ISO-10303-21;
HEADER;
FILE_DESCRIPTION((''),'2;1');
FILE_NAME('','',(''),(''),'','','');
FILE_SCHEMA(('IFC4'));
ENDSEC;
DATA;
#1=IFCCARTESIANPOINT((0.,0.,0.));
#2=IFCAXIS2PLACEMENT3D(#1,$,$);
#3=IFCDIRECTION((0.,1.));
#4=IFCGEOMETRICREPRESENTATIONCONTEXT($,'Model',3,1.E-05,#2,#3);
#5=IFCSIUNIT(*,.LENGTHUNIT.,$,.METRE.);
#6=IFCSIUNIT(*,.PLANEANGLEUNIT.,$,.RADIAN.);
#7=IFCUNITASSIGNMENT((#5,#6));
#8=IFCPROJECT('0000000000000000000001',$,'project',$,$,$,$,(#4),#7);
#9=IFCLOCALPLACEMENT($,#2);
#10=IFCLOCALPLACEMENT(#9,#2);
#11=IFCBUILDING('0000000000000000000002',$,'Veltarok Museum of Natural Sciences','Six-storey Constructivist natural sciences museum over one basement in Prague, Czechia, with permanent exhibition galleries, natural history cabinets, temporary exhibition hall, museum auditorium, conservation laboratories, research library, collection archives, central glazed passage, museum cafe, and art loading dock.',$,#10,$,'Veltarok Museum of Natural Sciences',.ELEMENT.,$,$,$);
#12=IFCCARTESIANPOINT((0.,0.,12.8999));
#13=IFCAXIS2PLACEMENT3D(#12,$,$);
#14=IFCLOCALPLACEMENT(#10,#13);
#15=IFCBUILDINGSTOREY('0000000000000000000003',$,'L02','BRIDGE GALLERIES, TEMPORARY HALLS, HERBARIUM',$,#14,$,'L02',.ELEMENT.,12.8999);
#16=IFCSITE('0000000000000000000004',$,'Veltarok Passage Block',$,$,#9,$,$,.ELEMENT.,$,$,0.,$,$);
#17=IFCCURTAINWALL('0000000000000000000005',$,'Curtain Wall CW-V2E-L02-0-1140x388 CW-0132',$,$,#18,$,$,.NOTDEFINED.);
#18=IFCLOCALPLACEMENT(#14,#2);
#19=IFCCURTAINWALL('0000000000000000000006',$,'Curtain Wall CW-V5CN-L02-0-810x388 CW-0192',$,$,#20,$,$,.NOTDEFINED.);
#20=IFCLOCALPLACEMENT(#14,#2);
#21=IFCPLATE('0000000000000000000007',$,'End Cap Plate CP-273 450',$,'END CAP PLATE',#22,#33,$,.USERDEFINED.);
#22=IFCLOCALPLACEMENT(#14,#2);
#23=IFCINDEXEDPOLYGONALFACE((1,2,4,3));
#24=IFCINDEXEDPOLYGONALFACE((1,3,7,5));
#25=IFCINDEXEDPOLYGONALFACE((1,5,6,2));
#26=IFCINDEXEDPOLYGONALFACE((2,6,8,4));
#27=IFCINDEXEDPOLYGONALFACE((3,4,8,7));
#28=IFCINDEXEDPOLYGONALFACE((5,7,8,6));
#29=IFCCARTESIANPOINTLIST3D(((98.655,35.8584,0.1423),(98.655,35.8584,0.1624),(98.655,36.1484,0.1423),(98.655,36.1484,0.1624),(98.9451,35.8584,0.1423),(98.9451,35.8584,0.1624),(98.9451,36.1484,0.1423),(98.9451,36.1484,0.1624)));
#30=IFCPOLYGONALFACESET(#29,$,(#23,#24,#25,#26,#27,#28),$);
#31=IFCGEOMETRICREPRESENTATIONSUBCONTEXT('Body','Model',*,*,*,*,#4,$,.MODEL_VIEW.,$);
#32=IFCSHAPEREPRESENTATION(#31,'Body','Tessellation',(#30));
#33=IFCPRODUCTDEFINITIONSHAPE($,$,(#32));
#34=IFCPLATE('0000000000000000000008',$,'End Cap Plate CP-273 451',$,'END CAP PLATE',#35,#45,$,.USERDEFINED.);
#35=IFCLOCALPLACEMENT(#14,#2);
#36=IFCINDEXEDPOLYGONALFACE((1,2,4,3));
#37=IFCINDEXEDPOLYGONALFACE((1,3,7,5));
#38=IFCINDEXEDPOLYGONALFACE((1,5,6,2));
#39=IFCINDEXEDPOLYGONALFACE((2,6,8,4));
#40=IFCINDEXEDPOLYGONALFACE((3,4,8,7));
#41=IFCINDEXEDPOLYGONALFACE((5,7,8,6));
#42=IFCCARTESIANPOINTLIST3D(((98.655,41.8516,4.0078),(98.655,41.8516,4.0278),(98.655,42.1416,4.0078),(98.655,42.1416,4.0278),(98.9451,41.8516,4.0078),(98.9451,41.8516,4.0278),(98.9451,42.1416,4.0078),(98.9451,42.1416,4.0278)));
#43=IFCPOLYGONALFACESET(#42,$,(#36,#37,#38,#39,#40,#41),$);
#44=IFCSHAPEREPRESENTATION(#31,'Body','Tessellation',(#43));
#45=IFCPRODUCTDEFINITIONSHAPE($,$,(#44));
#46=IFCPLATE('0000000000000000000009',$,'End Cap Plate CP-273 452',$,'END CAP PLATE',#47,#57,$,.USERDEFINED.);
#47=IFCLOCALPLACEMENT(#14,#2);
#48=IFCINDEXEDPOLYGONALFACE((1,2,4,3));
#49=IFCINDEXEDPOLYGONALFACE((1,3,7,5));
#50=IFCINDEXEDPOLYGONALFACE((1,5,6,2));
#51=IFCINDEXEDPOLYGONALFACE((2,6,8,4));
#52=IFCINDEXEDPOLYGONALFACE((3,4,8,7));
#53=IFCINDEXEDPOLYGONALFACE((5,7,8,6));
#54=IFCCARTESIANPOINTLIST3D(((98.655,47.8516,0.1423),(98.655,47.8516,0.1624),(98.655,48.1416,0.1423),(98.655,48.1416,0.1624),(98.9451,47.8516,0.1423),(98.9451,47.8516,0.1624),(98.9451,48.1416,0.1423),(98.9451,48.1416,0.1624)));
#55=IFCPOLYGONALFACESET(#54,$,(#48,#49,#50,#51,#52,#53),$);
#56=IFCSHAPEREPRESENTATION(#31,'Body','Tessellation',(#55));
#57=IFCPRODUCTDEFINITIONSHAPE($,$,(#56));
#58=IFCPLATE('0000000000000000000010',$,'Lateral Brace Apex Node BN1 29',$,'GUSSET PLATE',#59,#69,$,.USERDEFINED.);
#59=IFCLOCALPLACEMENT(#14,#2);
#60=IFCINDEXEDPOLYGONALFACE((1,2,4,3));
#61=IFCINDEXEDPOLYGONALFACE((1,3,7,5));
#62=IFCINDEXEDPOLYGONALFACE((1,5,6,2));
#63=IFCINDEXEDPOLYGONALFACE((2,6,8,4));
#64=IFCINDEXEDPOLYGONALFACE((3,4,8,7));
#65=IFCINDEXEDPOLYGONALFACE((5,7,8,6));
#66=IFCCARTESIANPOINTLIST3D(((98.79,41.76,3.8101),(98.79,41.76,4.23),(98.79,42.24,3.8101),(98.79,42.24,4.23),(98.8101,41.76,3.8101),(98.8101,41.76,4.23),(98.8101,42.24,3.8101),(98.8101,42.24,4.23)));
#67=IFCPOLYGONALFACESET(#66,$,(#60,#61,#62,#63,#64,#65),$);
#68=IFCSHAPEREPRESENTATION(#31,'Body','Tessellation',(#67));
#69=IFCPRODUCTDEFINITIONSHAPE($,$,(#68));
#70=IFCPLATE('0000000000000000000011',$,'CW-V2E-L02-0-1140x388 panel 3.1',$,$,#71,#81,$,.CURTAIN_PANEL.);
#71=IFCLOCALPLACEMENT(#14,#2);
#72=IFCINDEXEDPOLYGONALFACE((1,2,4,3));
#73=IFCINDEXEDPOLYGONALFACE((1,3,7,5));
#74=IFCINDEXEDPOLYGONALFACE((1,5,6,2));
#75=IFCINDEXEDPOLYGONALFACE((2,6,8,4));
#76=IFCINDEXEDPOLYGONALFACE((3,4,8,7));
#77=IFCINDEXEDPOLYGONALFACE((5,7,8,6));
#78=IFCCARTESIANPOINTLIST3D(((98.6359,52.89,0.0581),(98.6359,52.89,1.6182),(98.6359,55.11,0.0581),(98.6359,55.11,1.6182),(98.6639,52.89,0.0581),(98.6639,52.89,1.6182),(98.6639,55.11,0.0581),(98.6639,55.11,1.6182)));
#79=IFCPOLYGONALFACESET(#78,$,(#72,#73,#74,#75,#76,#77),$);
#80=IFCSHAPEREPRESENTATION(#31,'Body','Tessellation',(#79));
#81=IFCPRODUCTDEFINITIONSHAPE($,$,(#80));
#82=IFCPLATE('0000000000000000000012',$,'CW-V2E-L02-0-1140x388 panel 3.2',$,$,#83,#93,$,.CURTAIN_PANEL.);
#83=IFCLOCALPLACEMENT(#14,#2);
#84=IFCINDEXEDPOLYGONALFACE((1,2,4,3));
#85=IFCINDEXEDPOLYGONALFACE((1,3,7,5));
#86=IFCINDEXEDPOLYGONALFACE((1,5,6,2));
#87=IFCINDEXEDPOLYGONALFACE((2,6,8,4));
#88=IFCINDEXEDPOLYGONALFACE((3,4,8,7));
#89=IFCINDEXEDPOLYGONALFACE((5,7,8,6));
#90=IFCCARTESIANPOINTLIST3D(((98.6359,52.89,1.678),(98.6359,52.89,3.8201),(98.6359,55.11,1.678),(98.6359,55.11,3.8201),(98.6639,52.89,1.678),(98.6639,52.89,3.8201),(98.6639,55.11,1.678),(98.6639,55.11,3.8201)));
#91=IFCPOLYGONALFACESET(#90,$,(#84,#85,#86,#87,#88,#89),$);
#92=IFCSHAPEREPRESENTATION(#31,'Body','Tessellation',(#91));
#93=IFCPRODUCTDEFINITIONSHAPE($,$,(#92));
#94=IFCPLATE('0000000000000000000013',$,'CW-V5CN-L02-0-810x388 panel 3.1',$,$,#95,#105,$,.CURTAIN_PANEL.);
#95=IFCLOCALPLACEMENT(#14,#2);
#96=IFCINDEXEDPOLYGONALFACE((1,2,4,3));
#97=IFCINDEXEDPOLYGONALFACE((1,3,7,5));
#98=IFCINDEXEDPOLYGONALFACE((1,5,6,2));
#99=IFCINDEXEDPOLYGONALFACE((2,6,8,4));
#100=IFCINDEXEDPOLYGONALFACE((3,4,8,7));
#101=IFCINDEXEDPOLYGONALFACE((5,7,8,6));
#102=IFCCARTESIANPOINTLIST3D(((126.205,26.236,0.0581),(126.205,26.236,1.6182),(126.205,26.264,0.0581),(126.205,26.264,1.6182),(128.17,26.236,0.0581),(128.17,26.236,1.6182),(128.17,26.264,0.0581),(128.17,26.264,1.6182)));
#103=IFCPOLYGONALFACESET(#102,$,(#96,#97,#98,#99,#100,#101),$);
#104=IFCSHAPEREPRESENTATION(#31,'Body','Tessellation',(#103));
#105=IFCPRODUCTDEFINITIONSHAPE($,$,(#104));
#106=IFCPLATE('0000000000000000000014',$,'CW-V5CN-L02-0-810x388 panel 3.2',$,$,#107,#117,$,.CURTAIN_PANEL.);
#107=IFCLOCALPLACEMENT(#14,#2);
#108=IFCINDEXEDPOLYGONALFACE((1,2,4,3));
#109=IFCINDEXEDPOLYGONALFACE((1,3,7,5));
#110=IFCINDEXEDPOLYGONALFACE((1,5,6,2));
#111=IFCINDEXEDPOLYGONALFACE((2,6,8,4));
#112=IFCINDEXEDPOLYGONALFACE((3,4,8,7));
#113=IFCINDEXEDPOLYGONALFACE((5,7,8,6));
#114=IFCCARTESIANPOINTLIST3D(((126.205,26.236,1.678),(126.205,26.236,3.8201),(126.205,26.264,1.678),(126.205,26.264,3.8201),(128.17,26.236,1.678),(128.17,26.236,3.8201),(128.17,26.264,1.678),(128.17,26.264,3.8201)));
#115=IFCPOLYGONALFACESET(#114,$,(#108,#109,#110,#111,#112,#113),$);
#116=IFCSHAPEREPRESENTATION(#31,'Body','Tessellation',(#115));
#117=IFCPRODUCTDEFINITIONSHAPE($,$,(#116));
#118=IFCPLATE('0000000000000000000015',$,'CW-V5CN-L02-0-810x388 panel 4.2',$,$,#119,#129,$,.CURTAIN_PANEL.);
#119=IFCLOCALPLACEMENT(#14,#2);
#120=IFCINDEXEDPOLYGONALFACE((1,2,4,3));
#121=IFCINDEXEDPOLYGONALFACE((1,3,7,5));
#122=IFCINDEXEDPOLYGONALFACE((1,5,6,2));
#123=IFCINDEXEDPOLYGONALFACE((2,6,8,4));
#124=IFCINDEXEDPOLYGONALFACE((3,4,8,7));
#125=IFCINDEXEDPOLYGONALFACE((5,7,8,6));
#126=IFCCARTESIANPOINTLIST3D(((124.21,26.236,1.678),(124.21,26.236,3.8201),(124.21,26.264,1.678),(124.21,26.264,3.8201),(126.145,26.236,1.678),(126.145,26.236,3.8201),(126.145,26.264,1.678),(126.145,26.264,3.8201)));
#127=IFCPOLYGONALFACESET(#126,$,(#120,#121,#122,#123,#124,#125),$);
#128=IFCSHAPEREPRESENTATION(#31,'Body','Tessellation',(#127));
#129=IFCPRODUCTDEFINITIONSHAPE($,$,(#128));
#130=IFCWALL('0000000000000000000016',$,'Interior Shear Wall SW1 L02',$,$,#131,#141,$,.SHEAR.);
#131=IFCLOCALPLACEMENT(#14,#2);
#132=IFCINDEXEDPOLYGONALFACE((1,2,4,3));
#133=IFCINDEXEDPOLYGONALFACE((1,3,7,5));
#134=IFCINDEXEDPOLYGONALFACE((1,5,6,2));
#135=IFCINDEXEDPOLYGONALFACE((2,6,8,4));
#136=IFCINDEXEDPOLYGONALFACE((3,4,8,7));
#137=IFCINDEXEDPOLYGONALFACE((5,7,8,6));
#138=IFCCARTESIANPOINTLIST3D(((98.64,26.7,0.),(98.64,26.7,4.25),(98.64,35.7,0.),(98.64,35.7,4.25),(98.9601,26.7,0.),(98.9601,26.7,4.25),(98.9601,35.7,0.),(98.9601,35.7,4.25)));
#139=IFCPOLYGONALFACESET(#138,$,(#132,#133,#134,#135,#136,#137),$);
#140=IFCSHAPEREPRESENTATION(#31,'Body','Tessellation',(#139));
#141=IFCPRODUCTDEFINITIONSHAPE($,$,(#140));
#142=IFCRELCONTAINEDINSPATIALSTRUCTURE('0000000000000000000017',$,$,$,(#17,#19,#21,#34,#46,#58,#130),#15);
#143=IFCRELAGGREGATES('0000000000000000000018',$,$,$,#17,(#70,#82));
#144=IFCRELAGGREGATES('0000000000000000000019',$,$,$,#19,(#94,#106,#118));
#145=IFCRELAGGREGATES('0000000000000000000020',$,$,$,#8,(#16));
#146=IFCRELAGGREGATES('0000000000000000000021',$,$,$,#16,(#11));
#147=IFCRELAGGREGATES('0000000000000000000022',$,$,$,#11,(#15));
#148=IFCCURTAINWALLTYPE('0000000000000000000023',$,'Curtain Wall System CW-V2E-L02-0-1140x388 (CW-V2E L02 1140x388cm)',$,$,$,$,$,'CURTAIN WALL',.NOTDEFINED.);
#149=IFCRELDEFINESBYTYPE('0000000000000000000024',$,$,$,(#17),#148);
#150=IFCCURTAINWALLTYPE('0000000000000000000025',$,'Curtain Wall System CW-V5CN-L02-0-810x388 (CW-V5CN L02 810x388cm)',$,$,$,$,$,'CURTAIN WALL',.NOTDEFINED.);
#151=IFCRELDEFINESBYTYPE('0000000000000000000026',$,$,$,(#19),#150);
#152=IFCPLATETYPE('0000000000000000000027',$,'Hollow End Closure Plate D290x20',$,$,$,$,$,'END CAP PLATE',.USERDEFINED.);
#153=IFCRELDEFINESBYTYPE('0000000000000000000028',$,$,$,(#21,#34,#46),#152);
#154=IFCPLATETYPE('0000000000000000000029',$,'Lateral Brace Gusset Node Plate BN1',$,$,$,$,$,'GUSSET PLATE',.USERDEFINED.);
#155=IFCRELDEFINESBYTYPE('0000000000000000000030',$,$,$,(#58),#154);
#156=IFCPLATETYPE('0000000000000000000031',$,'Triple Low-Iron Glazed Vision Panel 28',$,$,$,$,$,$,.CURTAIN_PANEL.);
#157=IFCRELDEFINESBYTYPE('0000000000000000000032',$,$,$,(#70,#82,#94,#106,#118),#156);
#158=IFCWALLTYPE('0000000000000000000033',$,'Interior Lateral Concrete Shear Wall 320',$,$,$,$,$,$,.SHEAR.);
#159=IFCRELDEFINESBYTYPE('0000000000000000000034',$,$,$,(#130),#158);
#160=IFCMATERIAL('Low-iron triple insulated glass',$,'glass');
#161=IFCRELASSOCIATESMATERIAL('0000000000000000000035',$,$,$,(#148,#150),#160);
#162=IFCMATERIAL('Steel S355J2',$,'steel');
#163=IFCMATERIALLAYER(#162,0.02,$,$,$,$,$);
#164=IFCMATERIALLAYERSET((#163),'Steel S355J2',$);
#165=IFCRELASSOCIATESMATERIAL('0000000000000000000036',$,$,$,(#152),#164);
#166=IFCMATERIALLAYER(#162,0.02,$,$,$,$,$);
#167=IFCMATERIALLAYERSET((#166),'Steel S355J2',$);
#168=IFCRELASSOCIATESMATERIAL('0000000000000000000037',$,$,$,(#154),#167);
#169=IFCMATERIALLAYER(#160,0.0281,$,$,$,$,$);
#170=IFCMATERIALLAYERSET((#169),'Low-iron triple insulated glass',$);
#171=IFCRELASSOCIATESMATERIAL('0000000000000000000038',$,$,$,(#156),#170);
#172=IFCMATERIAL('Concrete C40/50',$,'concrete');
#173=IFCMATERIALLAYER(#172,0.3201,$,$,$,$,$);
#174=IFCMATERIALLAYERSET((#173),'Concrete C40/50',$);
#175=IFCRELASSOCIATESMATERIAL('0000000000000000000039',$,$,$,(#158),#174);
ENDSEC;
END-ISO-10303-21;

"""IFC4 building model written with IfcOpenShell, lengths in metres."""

from ifc_helpers import new_model, si_unit, direction, frame, frame_2d, origin, origin_2d, place, context, subcontext, project, spatial, rectangle, extrude, material, layer, layer_set, type_object, element, aggregate, save


model = new_model("IFC4")

# Units and contexts
model_context = context("Model", 3, precision=1e-05, world=origin(), true_north=direction((0.0, 1.0)))
body_context = subcontext(model_context, "Body", "Model", "MODEL_VIEW")
ifc_project = project(units=[si_unit("LENGTHUNIT", "METRE"), si_unit("PLANEANGLEUNIT", "RADIAN")], contexts=[model_context])

# Site, building, storey
site_placement = place(None, origin())
site = spatial("IfcSite", under=ifc_project, at=site_placement, Name="Veltarok Passage Block", CompositionType="ELEMENT", RefElevation=0.0)
building_placement = place(site_placement, origin())
building = spatial("IfcBuilding", under=site, at=building_placement, Name="Veltarok Museum of Natural Sciences", Description="Six-storey Constructivist natural sciences museum over one basement in Prague, Czechia, with permanent exhibition galleries, natural history cabinets, temporary exhibition hall, museum auditorium, conservation laboratories, research library, collection archives, central glazed passage, museum cafe, and art loading dock.", LongName="Veltarok Museum of Natural Sciences", CompositionType="ELEMENT")
storey_placement = place(building_placement, frame((0.0, 0.0, 12.8999)))
storey = spatial("IfcBuildingStorey", under=building, at=storey_placement, Name="L02", Description="BRIDGE GALLERIES, TEMPORARY HALLS, HERBARIUM", LongName="L02", CompositionType="ELEMENT", Elevation=12.8999)

# Shared definitions
ifc_material_1 = material(Name="Steel S355J2", Category="steel")

# Curtain walls
ifc_material_2 = material(Name="Low-iron triple insulated glass", Category="glass")
curtain_wall_type_1 = type_object("IfcCurtainWallType", Name="Curtain Wall System CW-V2E-L02-0-1140x388 (CW-V2E L02 1140x388cm)", ElementType="CURTAIN WALL", PredefinedType="NOTDEFINED", material=ifc_material_2)
curtain_wall_1_placement = place(storey_placement, origin())
curtain_wall_1 = element("IfcCurtainWall", 1, at=curtain_wall_1_placement, inside=storey, type_object=curtain_wall_type_1, Name="Curtain Wall CW-V2E-L02-0-1140x388 CW-0132", PredefinedType="NOTDEFINED")
curtain_wall_type_2 = type_object("IfcCurtainWallType", Name="Curtain Wall System CW-V5CN-L02-0-810x388 (CW-V5CN L02 810x388cm)", ElementType="CURTAIN WALL", PredefinedType="NOTDEFINED", material=ifc_material_2)
curtain_wall_2_placement = place(storey_placement, origin())
curtain_wall_2 = element("IfcCurtainWall", 2, at=curtain_wall_2_placement, inside=storey, type_object=curtain_wall_type_2, Name="Curtain Wall CW-V5CN-L02-0-810x388 CW-0192", PredefinedType="NOTDEFINED")

# Shared definitions
ifc_material_3 = material(Name="Concrete C40/50", Category="concrete")

# Plates
ifc_layer_1 = layer(ifc_material_1, 0.02)
ifc_layer_set_1 = layer_set([ifc_layer_1], Name="Steel S355J2")
plate_type_1 = type_object("IfcPlateType", Name="Hollow End Closure Plate D290x20", ElementType="END CAP PLATE", PredefinedType="USERDEFINED", material=ifc_layer_set_1)
for number, where, z_axis, x_axis, name in (
    (3, (98.8, 36.0034, 0.1423), (0.0, 0.0, 1.0), (0.0, 1.0, 0.0), "End Cap Plate CP-273 450"),
    (4, (98.8, 41.9966, 4.0078), (0.0, 0.0, 1.0), (0.0, 1.0, 0.0), "End Cap Plate CP-273 451"),
    (5, (98.8, 47.9966, 0.1423), (0.0, 0.0, 1.0), (0.0, 1.0, 0.0), "End Cap Plate CP-273 452"),
):
    element("IfcPlate", number, at=place(storey_placement, frame(where, z_axis=z_axis, x_axis=x_axis)), inside=storey, type_object=plate_type_1, Name=name, ObjectType="END CAP PLATE", PredefinedType="USERDEFINED", context=body_context, shape_type="SweptSolid", body=[
        extrude(rectangle(XDim=0.29, YDim=0.29, at=origin_2d()), origin(), (0.0, 0.0, 1.0), 0.02),
    ])
ifc_layer_2 = layer(ifc_material_1, 0.02)
ifc_layer_set_2 = layer_set([ifc_layer_2], Name="Steel S355J2")
plate_type_2 = type_object("IfcPlateType", Name="Lateral Brace Gusset Node Plate BN1", ElementType="GUSSET PLATE", PredefinedType="USERDEFINED", material=ifc_layer_set_2)
plate_1_placement = place(storey_placement, frame((98.8, 42.0, 3.8101), z_axis=(0.0, 0.0, 1.0), x_axis=(1.0, 0.0, 0.0)))
element("IfcPlate", 6, at=plate_1_placement, inside=storey, type_object=plate_type_2, Name="Lateral Brace Apex Node BN1 29", ObjectType="GUSSET PLATE", PredefinedType="USERDEFINED", context=body_context, shape_type="SweptSolid", body=[
    extrude(rectangle(XDim=0.02, YDim=0.48, at=origin_2d()), origin(), (0.0, 0.0, 1.0), 0.4199),
])

# Plates
ifc_layer_3 = layer(ifc_material_2, 0.0281)
ifc_layer_set_3 = layer_set([ifc_layer_3], Name="Low-iron triple insulated glass")
plate_type_3 = type_object("IfcPlateType", Name="Triple Low-Iron Glazed Vision Panel 28", PredefinedType="CURTAIN_PANEL", material=ifc_layer_set_3)
plate_2_placement = place(storey_placement, frame((98.6499, 54.0, 0.0581), z_axis=(0.0, 0.0, 1.0), x_axis=(0.0, 1.0, 0.0)))
plate_2 = element("IfcPlate", 7, at=plate_2_placement, type_object=plate_type_3, Name="CW-V2E-L02-0-1140x388 panel 3.1", PredefinedType="CURTAIN_PANEL", context=body_context, shape_type="SweptSolid", body=[
    extrude(rectangle(XDim=2.22, YDim=0.0281, at=origin_2d()), origin(), (0.0, 0.0, 1.0), 1.5601),
])
plate_3_placement = place(storey_placement, frame((98.6499, 54.0, 1.678), z_axis=(0.0, 0.0, 1.0), x_axis=(0.0, 1.0, 0.0)))
plate_3 = element("IfcPlate", 8, at=plate_3_placement, type_object=plate_type_3, Name="CW-V2E-L02-0-1140x388 panel 3.2", PredefinedType="CURTAIN_PANEL", context=body_context, shape_type="SweptSolid", body=[
    extrude(rectangle(XDim=2.22, YDim=0.0281, at=origin_2d()), origin(), (0.0, 0.0, 1.0), 2.1421),
])
aggregate(curtain_wall_1, [plate_2, plate_3])
plate_4_placement = place(storey_placement, frame((127.1875, 26.25, 0.0581), z_axis=(0.0, 0.0, 1.0), x_axis=(-1.0, 0.0, 0.0)))
plate_4 = element("IfcPlate", 9, at=plate_4_placement, type_object=plate_type_3, Name="CW-V5CN-L02-0-810x388 panel 3.1", PredefinedType="CURTAIN_PANEL", context=body_context, shape_type="SweptSolid", body=[
    extrude(rectangle(XDim=1.9651, YDim=0.0281, at=origin_2d()), origin(), (0.0, 0.0, 1.0), 1.5601),
])
plate_5_placement = place(storey_placement, frame((127.1875, 26.25, 1.678), z_axis=(0.0, 0.0, 1.0), x_axis=(-1.0, 0.0, 0.0)))
plate_5 = element("IfcPlate", 10, at=plate_5_placement, type_object=plate_type_3, Name="CW-V5CN-L02-0-810x388 panel 3.2", PredefinedType="CURTAIN_PANEL", context=body_context, shape_type="SweptSolid", body=[
    extrude(rectangle(XDim=1.9651, YDim=0.0281, at=origin_2d()), origin(), (0.0, 0.0, 1.0), 2.1421),
])
plate_6_placement = place(storey_placement, frame((125.1775, 26.25, 1.678), z_axis=(0.0, 0.0, 1.0), x_axis=(-1.0, 0.0, 0.0)))
plate_6 = element("IfcPlate", 11, at=plate_6_placement, type_object=plate_type_3, Name="CW-V5CN-L02-0-810x388 panel 4.2", PredefinedType="CURTAIN_PANEL", context=body_context, shape_type="SweptSolid", body=[
    extrude(rectangle(XDim=1.9351, YDim=0.0281, at=origin_2d()), origin(), (0.0, 0.0, 1.0), 2.1421),
])
aggregate(curtain_wall_2, [plate_4, plate_5, plate_6])

# Wall
ifc_layer_4 = layer(ifc_material_3, 0.3201)
ifc_layer_set_4 = layer_set([ifc_layer_4], Name="Concrete C40/50")
wall_type = type_object("IfcWallType", Name="Interior Lateral Concrete Shear Wall 320", PredefinedType="SHEAR", material=ifc_layer_set_4)
wall_placement = place(storey_placement, frame((98.8, 26.7, 0.0), z_axis=(0.0, 0.0, 1.0), x_axis=(0.0, 1.0, 0.0)))
element("IfcWall", 12, at=wall_placement, inside=storey, type_object=wall_type, Name="Interior Shear Wall SW1 L02", PredefinedType="SHEAR", context=body_context, shape_type="SweptSolid", body=[
    extrude(rectangle(XDim=9.0, YDim=0.3201, at=frame_2d((4.5, 0.0))), origin(), (0.0, 0.0, 1.0), 4.25),
])

save(model, "model.ifc")
